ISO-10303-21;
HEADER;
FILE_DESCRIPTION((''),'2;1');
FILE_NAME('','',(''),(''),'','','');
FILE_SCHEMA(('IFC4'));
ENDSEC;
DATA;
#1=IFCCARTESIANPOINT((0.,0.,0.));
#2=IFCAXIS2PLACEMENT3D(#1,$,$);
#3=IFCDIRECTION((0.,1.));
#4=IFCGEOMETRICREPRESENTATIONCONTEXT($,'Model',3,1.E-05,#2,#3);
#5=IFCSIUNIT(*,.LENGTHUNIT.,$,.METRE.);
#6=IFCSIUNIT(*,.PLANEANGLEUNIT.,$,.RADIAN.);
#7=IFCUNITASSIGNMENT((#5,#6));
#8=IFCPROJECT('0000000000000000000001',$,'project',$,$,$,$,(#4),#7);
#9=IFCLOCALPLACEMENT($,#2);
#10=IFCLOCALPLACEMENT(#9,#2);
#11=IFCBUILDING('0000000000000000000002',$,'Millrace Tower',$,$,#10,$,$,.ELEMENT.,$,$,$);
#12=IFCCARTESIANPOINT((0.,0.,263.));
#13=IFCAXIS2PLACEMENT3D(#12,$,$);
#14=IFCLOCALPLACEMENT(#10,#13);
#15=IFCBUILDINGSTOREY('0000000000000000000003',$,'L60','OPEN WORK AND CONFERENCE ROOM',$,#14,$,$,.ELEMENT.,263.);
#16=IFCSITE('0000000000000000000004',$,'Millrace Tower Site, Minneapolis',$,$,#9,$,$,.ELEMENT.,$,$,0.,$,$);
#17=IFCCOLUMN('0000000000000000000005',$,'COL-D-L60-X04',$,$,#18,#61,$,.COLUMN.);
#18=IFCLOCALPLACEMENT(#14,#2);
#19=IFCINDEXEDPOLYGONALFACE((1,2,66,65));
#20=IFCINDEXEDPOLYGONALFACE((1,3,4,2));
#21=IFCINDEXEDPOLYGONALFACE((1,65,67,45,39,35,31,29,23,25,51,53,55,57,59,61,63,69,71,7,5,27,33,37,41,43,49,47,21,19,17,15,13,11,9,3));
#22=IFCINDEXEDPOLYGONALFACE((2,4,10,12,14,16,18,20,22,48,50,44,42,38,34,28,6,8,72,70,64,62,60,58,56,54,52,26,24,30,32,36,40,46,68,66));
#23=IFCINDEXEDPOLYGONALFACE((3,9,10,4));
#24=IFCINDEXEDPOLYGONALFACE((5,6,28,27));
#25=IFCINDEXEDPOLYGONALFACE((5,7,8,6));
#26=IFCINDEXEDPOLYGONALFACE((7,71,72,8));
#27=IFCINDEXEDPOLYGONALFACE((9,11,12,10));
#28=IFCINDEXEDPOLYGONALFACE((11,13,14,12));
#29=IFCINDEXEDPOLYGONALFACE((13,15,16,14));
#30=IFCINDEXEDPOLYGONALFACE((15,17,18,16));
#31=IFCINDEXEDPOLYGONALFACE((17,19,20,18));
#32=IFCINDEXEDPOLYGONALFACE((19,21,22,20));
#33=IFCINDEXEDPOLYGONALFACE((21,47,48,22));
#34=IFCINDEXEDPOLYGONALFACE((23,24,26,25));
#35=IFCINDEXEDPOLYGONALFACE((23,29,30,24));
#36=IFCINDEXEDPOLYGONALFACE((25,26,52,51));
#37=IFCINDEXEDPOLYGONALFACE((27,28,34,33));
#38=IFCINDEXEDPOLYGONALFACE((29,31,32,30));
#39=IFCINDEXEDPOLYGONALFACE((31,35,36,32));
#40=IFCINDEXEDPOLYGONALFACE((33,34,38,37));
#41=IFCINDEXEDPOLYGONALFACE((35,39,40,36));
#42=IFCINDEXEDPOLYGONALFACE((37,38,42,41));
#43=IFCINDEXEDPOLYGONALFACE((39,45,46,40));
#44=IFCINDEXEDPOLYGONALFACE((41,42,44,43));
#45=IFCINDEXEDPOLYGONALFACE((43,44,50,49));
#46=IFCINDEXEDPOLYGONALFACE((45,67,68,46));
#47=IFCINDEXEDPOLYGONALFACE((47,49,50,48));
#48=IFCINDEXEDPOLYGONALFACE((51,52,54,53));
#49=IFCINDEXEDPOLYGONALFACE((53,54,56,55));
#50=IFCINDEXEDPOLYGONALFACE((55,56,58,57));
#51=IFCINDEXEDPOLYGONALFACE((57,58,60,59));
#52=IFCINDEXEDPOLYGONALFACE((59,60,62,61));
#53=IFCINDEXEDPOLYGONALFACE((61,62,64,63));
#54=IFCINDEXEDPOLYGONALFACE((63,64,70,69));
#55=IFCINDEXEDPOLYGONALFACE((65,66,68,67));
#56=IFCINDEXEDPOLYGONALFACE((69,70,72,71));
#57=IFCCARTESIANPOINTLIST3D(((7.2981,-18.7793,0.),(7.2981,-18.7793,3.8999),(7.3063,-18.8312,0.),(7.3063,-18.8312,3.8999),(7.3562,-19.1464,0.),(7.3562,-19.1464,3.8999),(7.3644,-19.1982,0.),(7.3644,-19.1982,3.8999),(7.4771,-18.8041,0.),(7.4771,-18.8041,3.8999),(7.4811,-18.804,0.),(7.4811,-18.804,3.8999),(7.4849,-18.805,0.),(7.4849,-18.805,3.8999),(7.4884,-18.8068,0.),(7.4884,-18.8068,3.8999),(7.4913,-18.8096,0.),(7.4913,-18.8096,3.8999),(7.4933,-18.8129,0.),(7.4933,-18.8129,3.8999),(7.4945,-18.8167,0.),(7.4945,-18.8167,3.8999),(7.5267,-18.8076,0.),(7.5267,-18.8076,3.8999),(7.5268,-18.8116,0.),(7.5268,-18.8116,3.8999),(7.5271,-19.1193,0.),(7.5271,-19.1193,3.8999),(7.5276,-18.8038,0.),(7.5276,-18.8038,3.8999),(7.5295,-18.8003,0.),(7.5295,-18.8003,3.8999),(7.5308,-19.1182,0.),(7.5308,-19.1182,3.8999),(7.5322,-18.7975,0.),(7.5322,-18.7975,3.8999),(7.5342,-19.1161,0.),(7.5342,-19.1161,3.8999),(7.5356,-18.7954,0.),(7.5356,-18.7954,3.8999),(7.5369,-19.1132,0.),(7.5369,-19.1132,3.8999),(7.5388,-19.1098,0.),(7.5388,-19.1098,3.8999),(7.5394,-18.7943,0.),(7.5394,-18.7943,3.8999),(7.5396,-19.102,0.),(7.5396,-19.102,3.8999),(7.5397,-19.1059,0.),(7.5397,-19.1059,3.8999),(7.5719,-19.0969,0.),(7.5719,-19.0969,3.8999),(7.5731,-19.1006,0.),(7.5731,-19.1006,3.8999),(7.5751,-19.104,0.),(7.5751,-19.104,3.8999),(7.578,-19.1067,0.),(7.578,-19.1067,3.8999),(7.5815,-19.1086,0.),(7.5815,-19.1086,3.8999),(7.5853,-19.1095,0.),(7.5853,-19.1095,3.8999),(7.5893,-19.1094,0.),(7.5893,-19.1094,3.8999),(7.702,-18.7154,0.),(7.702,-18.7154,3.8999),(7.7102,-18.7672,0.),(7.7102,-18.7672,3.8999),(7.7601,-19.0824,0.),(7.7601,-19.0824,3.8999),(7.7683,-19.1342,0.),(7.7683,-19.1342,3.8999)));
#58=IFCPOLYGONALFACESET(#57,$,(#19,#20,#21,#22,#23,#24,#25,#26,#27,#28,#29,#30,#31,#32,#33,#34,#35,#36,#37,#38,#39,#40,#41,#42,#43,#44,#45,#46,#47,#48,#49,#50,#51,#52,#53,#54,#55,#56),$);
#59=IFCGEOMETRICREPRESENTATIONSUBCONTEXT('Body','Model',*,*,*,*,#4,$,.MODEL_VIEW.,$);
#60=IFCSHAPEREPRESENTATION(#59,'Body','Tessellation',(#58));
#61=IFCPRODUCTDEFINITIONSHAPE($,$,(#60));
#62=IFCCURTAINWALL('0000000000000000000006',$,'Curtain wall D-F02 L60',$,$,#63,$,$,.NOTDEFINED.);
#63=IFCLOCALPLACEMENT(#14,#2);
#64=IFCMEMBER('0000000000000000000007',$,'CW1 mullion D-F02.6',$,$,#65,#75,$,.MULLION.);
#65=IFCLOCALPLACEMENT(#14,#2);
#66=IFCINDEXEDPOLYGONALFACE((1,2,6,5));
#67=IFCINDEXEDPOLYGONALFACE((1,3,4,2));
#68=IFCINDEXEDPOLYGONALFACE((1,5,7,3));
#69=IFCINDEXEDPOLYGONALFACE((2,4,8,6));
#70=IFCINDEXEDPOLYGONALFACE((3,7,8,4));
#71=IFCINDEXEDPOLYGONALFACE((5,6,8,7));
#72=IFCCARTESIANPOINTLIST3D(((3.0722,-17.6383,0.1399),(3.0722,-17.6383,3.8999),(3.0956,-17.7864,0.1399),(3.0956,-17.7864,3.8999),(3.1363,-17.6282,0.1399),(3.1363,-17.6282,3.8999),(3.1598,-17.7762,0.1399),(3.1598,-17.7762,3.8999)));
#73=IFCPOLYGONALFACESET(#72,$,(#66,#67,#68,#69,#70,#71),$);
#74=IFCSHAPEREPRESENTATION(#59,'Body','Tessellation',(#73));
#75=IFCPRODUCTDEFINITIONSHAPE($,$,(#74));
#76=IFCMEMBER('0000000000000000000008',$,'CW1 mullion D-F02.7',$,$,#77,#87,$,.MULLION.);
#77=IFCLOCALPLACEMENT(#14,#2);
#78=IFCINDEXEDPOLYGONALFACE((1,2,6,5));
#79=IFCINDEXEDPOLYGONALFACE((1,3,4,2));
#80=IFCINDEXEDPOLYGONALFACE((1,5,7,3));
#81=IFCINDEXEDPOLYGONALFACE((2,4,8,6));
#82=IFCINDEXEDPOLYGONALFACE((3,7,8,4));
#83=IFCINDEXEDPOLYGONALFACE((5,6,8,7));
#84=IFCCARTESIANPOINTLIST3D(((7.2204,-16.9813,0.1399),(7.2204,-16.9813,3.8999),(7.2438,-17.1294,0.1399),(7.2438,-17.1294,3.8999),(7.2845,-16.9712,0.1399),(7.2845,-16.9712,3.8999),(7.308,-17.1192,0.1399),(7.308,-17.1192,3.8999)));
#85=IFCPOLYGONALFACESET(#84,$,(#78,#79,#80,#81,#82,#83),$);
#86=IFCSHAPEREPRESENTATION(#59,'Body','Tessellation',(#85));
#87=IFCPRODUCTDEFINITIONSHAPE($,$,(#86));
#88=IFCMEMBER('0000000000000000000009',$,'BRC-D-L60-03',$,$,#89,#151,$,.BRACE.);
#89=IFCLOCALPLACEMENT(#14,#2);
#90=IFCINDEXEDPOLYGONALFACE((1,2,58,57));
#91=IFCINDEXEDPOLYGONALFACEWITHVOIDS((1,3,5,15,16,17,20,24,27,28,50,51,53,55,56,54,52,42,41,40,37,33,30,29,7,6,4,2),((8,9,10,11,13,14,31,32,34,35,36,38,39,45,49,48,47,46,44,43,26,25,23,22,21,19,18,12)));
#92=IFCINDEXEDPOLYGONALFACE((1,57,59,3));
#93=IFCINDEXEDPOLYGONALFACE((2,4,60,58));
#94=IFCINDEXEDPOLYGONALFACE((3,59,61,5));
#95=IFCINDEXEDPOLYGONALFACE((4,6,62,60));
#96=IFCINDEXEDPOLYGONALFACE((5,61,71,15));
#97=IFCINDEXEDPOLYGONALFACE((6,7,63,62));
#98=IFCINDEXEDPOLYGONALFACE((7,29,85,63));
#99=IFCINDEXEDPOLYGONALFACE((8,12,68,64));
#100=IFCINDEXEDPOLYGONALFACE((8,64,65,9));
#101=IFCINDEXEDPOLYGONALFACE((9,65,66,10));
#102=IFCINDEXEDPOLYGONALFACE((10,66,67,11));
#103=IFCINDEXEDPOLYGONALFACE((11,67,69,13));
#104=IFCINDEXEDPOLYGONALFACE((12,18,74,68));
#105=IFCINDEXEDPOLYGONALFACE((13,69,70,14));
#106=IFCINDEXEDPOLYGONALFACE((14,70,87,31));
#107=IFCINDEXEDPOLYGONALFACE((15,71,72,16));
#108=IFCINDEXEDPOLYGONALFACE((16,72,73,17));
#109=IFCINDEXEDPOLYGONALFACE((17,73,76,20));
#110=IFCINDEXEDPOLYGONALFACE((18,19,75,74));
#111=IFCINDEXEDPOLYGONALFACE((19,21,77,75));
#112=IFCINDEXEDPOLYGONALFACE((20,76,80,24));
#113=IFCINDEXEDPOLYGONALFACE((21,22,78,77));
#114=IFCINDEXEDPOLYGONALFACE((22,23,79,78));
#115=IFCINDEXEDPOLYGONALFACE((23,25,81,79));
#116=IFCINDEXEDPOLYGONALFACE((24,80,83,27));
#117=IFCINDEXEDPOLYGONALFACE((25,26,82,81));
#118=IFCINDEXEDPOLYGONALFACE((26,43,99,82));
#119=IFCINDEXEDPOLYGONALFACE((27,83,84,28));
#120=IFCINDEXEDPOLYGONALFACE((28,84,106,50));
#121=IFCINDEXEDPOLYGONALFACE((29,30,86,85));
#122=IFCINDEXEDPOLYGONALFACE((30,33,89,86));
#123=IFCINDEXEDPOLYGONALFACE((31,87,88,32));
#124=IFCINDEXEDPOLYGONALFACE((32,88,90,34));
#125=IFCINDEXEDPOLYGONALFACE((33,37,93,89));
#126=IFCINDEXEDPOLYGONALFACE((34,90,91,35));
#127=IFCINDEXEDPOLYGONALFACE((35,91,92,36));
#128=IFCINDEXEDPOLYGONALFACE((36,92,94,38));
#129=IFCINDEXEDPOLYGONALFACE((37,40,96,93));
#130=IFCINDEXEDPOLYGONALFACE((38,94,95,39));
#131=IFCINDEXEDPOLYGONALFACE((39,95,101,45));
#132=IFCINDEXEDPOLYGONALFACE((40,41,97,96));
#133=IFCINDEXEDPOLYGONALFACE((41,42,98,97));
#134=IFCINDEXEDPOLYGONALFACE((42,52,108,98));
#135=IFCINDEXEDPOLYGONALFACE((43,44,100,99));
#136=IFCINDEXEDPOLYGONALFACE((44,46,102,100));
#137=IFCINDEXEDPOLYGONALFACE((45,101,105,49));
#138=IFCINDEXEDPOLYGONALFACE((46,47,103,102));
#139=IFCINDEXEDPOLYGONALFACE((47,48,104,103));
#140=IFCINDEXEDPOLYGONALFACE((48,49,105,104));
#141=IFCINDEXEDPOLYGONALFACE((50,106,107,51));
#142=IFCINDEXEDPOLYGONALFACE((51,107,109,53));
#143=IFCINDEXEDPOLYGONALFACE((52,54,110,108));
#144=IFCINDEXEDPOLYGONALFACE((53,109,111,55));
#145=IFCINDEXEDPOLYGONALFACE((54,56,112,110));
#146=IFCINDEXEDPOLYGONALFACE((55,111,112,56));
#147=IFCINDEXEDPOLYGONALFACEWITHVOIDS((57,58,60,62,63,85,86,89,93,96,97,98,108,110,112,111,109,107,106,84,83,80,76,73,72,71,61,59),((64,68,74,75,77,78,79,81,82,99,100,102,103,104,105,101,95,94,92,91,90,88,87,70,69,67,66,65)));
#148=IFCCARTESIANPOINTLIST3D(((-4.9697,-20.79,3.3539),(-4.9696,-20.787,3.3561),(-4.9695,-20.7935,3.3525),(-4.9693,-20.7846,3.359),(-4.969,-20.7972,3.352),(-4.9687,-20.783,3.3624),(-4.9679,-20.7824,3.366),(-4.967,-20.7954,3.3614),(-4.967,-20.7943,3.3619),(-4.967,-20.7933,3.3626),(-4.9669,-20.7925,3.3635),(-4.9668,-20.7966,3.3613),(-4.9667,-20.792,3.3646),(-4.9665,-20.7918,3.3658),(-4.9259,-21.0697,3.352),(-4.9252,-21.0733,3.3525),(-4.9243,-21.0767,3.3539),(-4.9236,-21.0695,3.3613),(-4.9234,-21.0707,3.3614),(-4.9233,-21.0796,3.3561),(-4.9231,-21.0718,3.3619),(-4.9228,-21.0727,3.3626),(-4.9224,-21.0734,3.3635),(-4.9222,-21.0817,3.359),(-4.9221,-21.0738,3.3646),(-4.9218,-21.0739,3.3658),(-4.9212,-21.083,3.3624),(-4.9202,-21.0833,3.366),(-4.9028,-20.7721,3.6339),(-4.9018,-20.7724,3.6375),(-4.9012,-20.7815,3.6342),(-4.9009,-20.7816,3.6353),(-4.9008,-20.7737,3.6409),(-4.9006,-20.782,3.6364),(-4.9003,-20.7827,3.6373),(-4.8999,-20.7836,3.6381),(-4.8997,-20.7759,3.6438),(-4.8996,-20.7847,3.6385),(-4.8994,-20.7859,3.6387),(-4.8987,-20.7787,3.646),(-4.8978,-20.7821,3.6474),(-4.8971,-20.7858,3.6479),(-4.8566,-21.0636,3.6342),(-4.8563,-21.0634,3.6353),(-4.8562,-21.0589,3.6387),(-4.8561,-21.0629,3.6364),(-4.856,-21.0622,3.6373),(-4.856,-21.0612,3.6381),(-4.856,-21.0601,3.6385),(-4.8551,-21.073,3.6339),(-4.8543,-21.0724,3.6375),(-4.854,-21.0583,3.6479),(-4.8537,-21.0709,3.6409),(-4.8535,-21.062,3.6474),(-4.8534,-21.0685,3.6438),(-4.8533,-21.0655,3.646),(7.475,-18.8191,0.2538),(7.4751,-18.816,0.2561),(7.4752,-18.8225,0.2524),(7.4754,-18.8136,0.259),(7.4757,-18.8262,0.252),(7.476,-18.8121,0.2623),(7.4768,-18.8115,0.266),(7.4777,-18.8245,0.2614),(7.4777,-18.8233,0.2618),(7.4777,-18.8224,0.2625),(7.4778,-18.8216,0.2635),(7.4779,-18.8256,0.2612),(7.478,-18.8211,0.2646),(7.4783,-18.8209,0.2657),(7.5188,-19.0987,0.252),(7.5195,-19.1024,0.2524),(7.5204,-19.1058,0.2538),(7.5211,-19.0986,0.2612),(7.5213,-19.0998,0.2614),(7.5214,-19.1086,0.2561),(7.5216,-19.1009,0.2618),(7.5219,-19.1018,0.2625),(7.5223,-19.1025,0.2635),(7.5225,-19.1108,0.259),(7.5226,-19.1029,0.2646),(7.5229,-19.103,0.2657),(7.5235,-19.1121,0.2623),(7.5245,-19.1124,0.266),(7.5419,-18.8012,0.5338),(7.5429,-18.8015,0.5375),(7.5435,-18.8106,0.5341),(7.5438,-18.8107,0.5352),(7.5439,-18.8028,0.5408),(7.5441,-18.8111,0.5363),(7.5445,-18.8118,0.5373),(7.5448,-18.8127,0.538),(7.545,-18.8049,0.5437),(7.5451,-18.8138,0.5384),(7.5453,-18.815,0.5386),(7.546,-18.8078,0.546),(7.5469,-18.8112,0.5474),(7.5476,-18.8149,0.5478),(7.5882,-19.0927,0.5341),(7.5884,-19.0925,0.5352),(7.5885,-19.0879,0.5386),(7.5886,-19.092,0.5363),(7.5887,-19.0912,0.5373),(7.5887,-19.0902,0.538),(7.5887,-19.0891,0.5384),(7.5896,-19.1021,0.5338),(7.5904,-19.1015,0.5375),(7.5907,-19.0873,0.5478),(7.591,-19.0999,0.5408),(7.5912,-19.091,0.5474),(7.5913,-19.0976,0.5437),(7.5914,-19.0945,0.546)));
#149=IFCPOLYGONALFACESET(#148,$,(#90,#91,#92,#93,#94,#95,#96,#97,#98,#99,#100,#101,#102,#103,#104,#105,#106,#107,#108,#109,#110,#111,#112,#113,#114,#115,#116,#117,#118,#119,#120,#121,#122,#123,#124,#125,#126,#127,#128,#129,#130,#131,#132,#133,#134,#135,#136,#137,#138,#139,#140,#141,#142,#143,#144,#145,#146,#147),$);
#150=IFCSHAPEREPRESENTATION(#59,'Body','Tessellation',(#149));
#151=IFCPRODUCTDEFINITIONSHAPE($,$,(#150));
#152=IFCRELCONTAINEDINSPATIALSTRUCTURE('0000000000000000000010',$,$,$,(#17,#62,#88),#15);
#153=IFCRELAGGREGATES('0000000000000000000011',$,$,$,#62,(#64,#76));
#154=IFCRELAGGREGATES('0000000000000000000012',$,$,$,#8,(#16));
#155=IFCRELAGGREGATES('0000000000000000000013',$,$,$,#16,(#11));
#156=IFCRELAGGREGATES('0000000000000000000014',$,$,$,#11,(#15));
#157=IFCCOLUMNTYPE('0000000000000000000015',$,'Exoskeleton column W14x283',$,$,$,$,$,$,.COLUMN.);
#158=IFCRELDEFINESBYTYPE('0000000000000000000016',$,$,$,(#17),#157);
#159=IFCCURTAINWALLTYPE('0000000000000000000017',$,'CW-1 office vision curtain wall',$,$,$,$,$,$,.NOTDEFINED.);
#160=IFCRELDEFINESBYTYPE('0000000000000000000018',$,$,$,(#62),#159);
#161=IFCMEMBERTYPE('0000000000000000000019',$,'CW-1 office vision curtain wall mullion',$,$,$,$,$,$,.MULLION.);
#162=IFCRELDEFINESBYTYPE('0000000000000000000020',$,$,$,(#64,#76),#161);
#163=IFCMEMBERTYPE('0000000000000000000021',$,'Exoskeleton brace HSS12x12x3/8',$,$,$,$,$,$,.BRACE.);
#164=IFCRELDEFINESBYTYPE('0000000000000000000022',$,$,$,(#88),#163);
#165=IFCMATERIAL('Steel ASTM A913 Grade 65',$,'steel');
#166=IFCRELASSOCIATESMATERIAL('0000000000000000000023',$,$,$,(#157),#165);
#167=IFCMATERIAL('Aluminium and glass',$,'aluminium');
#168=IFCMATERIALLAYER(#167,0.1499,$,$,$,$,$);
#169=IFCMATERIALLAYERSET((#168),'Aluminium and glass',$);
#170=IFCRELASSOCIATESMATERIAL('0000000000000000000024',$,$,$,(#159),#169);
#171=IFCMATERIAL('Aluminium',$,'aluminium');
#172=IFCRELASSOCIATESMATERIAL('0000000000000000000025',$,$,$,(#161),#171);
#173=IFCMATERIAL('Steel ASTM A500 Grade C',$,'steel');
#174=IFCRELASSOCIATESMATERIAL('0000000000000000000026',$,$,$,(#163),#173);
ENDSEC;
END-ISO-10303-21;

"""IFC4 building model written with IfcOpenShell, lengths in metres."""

from ifc_helpers import new_model, si_unit, direction, frame, origin, origin_2d, place, context, subcontext, project, spatial, rectangle, hollow_rectangle, i_section, extrude, material, layer, layer_set, material_profile, profile_set, type_object, element, aggregate, save


model = new_model("IFC4")

# Units and contexts
model_context = context("Model", 3, precision=1e-05, world=origin(), true_north=direction((0.0, 1.0)))
body_context = subcontext(model_context, "Body", "Model", "MODEL_VIEW")
ifc_project = project(units=[si_unit("LENGTHUNIT", "METRE"), si_unit("PLANEANGLEUNIT", "RADIAN")], contexts=[model_context])

# Site, building, storey
site_placement = place(None, origin())
site = spatial("IfcSite", under=ifc_project, at=site_placement, Name="Millrace Tower Site, Minneapolis", CompositionType="ELEMENT", RefElevation=0.0)
building_placement = place(site_placement, origin())
building = spatial("IfcBuilding", under=site, at=building_placement, Name="Millrace Tower", CompositionType="ELEMENT")
storey_placement = place(building_placement, frame((0.0, 0.0, 263.0)))
storey = spatial("IfcBuildingStorey", under=building, at=storey_placement, Name="L60", Description="OPEN WORK AND CONFERENCE ROOM", CompositionType="ELEMENT", Elevation=263.0)

# Column
ifc_material_1 = material(Name="Steel ASTM A913 Grade 65", Category="steel")
ifc_material_profile_1 = material_profile(ifc_material_1, i_section(OverallWidth=0.4089, OverallDepth=0.4241, WebThickness=0.0327, FlangeThickness=0.0525, FilletRadius=0.0151, at=origin_2d()))
ifc_profile_set_1 = profile_set([ifc_material_profile_1], Name="Steel ASTM A913 Grade 65")
column_type = type_object("IfcColumnType", Name="Exoskeleton column W14x283", PredefinedType="COLUMN", material=ifc_profile_set_1)
column_placement = place(storey_placement, frame((7.5332, -18.9568, 0.0), z_axis=(0.0, 0.0, 1.0), x_axis=(0.987688, 0.156434, 0.0)))
element("IfcColumn", 1, at=column_placement, inside=storey, type_object=column_type, Name="COL-D-L60-X04", PredefinedType="COLUMN", context=body_context, shape_type="SweptSolid", body=[
    extrude(i_section(OverallWidth=0.4089, OverallDepth=0.4241, WebThickness=0.0327, FlangeThickness=0.0525, FilletRadius=0.0151, at=origin_2d()), origin(), (0.0, 0.0, 1.0), 3.8999),
])

# Curtain wall, members
ifc_material_2 = material(Name="Aluminium and glass", Category="aluminium")
ifc_layer_1 = layer(ifc_material_2, 0.1499)
ifc_layer_set_1 = layer_set([ifc_layer_1], Name="Aluminium and glass")
curtain_wall_type = type_object("IfcCurtainWallType", Name="CW-1 office vision curtain wall", PredefinedType="NOTDEFINED", material=ifc_layer_set_1)
placement_1 = place(storey_placement, origin())
curtain_wall_1 = element("IfcCurtainWall", 2, at=placement_1, inside=storey, type_object=curtain_wall_type, Name="Curtain wall D-F02 L60", PredefinedType="NOTDEFINED")
ifc_material_3 = material(Name="Aluminium", Category="aluminium")
ifc_material_profile_2 = material_profile(ifc_material_3, rectangle(XDim=0.0649, YDim=0.1499, at=origin_2d()))
ifc_profile_set_2 = profile_set([ifc_material_profile_2], Name="Aluminium")
member_type_1 = type_object("IfcMemberType", Name="CW-1 office vision curtain wall mullion", PredefinedType="MULLION", material=ifc_profile_set_2)
member_1_placement = place(storey_placement, frame((3.116, -17.7073, 0.1399), z_axis=(0.0, 0.0, 1.0), x_axis=(0.987688, 0.156434, 0.0)))
member_1 = element("IfcMember", 3, at=member_1_placement, type_object=member_type_1, Name="CW1 mullion D-F02.6", PredefinedType="MULLION", context=body_context, shape_type="SweptSolid", body=[
    extrude(rectangle(XDim=0.0649, YDim=0.1499, at=origin_2d()), origin(), (0.0, 0.0, 1.0), 3.76),
])
member_2_placement = place(storey_placement, frame((7.2642, -17.0503, 0.1399), z_axis=(0.0, 0.0, 1.0), x_axis=(0.987688, 0.156434, 0.0)))
member_2 = element("IfcMember", 4, at=member_2_placement, type_object=member_type_1, Name="CW1 mullion D-F02.7", PredefinedType="MULLION", context=body_context, shape_type="SweptSolid", body=[
    extrude(rectangle(XDim=0.0649, YDim=0.1499, at=origin_2d()), origin(), (0.0, 0.0, 1.0), 3.76),
])
aggregate(curtain_wall_1, [member_1, member_2])

# Member
ifc_material_4 = material(Name="Steel ASTM A500 Grade C", Category="steel")
ifc_material_profile_3 = material_profile(ifc_material_4, hollow_rectangle(XDim=0.3047, YDim=0.3047, WallThickness=0.0095, InnerFilletRadius=0.0046, OuterFilletRadius=0.0144, at=origin_2d()))
ifc_profile_set_3 = profile_set([ifc_material_profile_3], Name="Steel ASTM A500 Grade C")
member_type_2 = type_object("IfcMemberType", Name="Exoskeleton brace HSS12x12x3/8", PredefinedType="BRACE", material=ifc_profile_set_3)
member_3_placement = place(storey_placement, frame((7.5332, -18.9568, 0.3999), z_axis=(-0.959087, -0.151895, 0.238916), x_axis=(0.156425, -0.98769, 0.0)))
element("IfcMember", 5, at=member_3_placement, inside=storey, type_object=member_type_2, Name="BRC-D-L60-03", PredefinedType="BRACE", context=body_context, shape_type="SweptSolid", body=[
    extrude(hollow_rectangle(XDim=0.3047, YDim=0.3047, WallThickness=0.0095, InnerFilletRadius=0.0046, OuterFilletRadius=0.0144, at=origin_2d()), origin(), (0.0, 0.0, 1.0), 12.9756),
])

save(model, "model.ifc")
